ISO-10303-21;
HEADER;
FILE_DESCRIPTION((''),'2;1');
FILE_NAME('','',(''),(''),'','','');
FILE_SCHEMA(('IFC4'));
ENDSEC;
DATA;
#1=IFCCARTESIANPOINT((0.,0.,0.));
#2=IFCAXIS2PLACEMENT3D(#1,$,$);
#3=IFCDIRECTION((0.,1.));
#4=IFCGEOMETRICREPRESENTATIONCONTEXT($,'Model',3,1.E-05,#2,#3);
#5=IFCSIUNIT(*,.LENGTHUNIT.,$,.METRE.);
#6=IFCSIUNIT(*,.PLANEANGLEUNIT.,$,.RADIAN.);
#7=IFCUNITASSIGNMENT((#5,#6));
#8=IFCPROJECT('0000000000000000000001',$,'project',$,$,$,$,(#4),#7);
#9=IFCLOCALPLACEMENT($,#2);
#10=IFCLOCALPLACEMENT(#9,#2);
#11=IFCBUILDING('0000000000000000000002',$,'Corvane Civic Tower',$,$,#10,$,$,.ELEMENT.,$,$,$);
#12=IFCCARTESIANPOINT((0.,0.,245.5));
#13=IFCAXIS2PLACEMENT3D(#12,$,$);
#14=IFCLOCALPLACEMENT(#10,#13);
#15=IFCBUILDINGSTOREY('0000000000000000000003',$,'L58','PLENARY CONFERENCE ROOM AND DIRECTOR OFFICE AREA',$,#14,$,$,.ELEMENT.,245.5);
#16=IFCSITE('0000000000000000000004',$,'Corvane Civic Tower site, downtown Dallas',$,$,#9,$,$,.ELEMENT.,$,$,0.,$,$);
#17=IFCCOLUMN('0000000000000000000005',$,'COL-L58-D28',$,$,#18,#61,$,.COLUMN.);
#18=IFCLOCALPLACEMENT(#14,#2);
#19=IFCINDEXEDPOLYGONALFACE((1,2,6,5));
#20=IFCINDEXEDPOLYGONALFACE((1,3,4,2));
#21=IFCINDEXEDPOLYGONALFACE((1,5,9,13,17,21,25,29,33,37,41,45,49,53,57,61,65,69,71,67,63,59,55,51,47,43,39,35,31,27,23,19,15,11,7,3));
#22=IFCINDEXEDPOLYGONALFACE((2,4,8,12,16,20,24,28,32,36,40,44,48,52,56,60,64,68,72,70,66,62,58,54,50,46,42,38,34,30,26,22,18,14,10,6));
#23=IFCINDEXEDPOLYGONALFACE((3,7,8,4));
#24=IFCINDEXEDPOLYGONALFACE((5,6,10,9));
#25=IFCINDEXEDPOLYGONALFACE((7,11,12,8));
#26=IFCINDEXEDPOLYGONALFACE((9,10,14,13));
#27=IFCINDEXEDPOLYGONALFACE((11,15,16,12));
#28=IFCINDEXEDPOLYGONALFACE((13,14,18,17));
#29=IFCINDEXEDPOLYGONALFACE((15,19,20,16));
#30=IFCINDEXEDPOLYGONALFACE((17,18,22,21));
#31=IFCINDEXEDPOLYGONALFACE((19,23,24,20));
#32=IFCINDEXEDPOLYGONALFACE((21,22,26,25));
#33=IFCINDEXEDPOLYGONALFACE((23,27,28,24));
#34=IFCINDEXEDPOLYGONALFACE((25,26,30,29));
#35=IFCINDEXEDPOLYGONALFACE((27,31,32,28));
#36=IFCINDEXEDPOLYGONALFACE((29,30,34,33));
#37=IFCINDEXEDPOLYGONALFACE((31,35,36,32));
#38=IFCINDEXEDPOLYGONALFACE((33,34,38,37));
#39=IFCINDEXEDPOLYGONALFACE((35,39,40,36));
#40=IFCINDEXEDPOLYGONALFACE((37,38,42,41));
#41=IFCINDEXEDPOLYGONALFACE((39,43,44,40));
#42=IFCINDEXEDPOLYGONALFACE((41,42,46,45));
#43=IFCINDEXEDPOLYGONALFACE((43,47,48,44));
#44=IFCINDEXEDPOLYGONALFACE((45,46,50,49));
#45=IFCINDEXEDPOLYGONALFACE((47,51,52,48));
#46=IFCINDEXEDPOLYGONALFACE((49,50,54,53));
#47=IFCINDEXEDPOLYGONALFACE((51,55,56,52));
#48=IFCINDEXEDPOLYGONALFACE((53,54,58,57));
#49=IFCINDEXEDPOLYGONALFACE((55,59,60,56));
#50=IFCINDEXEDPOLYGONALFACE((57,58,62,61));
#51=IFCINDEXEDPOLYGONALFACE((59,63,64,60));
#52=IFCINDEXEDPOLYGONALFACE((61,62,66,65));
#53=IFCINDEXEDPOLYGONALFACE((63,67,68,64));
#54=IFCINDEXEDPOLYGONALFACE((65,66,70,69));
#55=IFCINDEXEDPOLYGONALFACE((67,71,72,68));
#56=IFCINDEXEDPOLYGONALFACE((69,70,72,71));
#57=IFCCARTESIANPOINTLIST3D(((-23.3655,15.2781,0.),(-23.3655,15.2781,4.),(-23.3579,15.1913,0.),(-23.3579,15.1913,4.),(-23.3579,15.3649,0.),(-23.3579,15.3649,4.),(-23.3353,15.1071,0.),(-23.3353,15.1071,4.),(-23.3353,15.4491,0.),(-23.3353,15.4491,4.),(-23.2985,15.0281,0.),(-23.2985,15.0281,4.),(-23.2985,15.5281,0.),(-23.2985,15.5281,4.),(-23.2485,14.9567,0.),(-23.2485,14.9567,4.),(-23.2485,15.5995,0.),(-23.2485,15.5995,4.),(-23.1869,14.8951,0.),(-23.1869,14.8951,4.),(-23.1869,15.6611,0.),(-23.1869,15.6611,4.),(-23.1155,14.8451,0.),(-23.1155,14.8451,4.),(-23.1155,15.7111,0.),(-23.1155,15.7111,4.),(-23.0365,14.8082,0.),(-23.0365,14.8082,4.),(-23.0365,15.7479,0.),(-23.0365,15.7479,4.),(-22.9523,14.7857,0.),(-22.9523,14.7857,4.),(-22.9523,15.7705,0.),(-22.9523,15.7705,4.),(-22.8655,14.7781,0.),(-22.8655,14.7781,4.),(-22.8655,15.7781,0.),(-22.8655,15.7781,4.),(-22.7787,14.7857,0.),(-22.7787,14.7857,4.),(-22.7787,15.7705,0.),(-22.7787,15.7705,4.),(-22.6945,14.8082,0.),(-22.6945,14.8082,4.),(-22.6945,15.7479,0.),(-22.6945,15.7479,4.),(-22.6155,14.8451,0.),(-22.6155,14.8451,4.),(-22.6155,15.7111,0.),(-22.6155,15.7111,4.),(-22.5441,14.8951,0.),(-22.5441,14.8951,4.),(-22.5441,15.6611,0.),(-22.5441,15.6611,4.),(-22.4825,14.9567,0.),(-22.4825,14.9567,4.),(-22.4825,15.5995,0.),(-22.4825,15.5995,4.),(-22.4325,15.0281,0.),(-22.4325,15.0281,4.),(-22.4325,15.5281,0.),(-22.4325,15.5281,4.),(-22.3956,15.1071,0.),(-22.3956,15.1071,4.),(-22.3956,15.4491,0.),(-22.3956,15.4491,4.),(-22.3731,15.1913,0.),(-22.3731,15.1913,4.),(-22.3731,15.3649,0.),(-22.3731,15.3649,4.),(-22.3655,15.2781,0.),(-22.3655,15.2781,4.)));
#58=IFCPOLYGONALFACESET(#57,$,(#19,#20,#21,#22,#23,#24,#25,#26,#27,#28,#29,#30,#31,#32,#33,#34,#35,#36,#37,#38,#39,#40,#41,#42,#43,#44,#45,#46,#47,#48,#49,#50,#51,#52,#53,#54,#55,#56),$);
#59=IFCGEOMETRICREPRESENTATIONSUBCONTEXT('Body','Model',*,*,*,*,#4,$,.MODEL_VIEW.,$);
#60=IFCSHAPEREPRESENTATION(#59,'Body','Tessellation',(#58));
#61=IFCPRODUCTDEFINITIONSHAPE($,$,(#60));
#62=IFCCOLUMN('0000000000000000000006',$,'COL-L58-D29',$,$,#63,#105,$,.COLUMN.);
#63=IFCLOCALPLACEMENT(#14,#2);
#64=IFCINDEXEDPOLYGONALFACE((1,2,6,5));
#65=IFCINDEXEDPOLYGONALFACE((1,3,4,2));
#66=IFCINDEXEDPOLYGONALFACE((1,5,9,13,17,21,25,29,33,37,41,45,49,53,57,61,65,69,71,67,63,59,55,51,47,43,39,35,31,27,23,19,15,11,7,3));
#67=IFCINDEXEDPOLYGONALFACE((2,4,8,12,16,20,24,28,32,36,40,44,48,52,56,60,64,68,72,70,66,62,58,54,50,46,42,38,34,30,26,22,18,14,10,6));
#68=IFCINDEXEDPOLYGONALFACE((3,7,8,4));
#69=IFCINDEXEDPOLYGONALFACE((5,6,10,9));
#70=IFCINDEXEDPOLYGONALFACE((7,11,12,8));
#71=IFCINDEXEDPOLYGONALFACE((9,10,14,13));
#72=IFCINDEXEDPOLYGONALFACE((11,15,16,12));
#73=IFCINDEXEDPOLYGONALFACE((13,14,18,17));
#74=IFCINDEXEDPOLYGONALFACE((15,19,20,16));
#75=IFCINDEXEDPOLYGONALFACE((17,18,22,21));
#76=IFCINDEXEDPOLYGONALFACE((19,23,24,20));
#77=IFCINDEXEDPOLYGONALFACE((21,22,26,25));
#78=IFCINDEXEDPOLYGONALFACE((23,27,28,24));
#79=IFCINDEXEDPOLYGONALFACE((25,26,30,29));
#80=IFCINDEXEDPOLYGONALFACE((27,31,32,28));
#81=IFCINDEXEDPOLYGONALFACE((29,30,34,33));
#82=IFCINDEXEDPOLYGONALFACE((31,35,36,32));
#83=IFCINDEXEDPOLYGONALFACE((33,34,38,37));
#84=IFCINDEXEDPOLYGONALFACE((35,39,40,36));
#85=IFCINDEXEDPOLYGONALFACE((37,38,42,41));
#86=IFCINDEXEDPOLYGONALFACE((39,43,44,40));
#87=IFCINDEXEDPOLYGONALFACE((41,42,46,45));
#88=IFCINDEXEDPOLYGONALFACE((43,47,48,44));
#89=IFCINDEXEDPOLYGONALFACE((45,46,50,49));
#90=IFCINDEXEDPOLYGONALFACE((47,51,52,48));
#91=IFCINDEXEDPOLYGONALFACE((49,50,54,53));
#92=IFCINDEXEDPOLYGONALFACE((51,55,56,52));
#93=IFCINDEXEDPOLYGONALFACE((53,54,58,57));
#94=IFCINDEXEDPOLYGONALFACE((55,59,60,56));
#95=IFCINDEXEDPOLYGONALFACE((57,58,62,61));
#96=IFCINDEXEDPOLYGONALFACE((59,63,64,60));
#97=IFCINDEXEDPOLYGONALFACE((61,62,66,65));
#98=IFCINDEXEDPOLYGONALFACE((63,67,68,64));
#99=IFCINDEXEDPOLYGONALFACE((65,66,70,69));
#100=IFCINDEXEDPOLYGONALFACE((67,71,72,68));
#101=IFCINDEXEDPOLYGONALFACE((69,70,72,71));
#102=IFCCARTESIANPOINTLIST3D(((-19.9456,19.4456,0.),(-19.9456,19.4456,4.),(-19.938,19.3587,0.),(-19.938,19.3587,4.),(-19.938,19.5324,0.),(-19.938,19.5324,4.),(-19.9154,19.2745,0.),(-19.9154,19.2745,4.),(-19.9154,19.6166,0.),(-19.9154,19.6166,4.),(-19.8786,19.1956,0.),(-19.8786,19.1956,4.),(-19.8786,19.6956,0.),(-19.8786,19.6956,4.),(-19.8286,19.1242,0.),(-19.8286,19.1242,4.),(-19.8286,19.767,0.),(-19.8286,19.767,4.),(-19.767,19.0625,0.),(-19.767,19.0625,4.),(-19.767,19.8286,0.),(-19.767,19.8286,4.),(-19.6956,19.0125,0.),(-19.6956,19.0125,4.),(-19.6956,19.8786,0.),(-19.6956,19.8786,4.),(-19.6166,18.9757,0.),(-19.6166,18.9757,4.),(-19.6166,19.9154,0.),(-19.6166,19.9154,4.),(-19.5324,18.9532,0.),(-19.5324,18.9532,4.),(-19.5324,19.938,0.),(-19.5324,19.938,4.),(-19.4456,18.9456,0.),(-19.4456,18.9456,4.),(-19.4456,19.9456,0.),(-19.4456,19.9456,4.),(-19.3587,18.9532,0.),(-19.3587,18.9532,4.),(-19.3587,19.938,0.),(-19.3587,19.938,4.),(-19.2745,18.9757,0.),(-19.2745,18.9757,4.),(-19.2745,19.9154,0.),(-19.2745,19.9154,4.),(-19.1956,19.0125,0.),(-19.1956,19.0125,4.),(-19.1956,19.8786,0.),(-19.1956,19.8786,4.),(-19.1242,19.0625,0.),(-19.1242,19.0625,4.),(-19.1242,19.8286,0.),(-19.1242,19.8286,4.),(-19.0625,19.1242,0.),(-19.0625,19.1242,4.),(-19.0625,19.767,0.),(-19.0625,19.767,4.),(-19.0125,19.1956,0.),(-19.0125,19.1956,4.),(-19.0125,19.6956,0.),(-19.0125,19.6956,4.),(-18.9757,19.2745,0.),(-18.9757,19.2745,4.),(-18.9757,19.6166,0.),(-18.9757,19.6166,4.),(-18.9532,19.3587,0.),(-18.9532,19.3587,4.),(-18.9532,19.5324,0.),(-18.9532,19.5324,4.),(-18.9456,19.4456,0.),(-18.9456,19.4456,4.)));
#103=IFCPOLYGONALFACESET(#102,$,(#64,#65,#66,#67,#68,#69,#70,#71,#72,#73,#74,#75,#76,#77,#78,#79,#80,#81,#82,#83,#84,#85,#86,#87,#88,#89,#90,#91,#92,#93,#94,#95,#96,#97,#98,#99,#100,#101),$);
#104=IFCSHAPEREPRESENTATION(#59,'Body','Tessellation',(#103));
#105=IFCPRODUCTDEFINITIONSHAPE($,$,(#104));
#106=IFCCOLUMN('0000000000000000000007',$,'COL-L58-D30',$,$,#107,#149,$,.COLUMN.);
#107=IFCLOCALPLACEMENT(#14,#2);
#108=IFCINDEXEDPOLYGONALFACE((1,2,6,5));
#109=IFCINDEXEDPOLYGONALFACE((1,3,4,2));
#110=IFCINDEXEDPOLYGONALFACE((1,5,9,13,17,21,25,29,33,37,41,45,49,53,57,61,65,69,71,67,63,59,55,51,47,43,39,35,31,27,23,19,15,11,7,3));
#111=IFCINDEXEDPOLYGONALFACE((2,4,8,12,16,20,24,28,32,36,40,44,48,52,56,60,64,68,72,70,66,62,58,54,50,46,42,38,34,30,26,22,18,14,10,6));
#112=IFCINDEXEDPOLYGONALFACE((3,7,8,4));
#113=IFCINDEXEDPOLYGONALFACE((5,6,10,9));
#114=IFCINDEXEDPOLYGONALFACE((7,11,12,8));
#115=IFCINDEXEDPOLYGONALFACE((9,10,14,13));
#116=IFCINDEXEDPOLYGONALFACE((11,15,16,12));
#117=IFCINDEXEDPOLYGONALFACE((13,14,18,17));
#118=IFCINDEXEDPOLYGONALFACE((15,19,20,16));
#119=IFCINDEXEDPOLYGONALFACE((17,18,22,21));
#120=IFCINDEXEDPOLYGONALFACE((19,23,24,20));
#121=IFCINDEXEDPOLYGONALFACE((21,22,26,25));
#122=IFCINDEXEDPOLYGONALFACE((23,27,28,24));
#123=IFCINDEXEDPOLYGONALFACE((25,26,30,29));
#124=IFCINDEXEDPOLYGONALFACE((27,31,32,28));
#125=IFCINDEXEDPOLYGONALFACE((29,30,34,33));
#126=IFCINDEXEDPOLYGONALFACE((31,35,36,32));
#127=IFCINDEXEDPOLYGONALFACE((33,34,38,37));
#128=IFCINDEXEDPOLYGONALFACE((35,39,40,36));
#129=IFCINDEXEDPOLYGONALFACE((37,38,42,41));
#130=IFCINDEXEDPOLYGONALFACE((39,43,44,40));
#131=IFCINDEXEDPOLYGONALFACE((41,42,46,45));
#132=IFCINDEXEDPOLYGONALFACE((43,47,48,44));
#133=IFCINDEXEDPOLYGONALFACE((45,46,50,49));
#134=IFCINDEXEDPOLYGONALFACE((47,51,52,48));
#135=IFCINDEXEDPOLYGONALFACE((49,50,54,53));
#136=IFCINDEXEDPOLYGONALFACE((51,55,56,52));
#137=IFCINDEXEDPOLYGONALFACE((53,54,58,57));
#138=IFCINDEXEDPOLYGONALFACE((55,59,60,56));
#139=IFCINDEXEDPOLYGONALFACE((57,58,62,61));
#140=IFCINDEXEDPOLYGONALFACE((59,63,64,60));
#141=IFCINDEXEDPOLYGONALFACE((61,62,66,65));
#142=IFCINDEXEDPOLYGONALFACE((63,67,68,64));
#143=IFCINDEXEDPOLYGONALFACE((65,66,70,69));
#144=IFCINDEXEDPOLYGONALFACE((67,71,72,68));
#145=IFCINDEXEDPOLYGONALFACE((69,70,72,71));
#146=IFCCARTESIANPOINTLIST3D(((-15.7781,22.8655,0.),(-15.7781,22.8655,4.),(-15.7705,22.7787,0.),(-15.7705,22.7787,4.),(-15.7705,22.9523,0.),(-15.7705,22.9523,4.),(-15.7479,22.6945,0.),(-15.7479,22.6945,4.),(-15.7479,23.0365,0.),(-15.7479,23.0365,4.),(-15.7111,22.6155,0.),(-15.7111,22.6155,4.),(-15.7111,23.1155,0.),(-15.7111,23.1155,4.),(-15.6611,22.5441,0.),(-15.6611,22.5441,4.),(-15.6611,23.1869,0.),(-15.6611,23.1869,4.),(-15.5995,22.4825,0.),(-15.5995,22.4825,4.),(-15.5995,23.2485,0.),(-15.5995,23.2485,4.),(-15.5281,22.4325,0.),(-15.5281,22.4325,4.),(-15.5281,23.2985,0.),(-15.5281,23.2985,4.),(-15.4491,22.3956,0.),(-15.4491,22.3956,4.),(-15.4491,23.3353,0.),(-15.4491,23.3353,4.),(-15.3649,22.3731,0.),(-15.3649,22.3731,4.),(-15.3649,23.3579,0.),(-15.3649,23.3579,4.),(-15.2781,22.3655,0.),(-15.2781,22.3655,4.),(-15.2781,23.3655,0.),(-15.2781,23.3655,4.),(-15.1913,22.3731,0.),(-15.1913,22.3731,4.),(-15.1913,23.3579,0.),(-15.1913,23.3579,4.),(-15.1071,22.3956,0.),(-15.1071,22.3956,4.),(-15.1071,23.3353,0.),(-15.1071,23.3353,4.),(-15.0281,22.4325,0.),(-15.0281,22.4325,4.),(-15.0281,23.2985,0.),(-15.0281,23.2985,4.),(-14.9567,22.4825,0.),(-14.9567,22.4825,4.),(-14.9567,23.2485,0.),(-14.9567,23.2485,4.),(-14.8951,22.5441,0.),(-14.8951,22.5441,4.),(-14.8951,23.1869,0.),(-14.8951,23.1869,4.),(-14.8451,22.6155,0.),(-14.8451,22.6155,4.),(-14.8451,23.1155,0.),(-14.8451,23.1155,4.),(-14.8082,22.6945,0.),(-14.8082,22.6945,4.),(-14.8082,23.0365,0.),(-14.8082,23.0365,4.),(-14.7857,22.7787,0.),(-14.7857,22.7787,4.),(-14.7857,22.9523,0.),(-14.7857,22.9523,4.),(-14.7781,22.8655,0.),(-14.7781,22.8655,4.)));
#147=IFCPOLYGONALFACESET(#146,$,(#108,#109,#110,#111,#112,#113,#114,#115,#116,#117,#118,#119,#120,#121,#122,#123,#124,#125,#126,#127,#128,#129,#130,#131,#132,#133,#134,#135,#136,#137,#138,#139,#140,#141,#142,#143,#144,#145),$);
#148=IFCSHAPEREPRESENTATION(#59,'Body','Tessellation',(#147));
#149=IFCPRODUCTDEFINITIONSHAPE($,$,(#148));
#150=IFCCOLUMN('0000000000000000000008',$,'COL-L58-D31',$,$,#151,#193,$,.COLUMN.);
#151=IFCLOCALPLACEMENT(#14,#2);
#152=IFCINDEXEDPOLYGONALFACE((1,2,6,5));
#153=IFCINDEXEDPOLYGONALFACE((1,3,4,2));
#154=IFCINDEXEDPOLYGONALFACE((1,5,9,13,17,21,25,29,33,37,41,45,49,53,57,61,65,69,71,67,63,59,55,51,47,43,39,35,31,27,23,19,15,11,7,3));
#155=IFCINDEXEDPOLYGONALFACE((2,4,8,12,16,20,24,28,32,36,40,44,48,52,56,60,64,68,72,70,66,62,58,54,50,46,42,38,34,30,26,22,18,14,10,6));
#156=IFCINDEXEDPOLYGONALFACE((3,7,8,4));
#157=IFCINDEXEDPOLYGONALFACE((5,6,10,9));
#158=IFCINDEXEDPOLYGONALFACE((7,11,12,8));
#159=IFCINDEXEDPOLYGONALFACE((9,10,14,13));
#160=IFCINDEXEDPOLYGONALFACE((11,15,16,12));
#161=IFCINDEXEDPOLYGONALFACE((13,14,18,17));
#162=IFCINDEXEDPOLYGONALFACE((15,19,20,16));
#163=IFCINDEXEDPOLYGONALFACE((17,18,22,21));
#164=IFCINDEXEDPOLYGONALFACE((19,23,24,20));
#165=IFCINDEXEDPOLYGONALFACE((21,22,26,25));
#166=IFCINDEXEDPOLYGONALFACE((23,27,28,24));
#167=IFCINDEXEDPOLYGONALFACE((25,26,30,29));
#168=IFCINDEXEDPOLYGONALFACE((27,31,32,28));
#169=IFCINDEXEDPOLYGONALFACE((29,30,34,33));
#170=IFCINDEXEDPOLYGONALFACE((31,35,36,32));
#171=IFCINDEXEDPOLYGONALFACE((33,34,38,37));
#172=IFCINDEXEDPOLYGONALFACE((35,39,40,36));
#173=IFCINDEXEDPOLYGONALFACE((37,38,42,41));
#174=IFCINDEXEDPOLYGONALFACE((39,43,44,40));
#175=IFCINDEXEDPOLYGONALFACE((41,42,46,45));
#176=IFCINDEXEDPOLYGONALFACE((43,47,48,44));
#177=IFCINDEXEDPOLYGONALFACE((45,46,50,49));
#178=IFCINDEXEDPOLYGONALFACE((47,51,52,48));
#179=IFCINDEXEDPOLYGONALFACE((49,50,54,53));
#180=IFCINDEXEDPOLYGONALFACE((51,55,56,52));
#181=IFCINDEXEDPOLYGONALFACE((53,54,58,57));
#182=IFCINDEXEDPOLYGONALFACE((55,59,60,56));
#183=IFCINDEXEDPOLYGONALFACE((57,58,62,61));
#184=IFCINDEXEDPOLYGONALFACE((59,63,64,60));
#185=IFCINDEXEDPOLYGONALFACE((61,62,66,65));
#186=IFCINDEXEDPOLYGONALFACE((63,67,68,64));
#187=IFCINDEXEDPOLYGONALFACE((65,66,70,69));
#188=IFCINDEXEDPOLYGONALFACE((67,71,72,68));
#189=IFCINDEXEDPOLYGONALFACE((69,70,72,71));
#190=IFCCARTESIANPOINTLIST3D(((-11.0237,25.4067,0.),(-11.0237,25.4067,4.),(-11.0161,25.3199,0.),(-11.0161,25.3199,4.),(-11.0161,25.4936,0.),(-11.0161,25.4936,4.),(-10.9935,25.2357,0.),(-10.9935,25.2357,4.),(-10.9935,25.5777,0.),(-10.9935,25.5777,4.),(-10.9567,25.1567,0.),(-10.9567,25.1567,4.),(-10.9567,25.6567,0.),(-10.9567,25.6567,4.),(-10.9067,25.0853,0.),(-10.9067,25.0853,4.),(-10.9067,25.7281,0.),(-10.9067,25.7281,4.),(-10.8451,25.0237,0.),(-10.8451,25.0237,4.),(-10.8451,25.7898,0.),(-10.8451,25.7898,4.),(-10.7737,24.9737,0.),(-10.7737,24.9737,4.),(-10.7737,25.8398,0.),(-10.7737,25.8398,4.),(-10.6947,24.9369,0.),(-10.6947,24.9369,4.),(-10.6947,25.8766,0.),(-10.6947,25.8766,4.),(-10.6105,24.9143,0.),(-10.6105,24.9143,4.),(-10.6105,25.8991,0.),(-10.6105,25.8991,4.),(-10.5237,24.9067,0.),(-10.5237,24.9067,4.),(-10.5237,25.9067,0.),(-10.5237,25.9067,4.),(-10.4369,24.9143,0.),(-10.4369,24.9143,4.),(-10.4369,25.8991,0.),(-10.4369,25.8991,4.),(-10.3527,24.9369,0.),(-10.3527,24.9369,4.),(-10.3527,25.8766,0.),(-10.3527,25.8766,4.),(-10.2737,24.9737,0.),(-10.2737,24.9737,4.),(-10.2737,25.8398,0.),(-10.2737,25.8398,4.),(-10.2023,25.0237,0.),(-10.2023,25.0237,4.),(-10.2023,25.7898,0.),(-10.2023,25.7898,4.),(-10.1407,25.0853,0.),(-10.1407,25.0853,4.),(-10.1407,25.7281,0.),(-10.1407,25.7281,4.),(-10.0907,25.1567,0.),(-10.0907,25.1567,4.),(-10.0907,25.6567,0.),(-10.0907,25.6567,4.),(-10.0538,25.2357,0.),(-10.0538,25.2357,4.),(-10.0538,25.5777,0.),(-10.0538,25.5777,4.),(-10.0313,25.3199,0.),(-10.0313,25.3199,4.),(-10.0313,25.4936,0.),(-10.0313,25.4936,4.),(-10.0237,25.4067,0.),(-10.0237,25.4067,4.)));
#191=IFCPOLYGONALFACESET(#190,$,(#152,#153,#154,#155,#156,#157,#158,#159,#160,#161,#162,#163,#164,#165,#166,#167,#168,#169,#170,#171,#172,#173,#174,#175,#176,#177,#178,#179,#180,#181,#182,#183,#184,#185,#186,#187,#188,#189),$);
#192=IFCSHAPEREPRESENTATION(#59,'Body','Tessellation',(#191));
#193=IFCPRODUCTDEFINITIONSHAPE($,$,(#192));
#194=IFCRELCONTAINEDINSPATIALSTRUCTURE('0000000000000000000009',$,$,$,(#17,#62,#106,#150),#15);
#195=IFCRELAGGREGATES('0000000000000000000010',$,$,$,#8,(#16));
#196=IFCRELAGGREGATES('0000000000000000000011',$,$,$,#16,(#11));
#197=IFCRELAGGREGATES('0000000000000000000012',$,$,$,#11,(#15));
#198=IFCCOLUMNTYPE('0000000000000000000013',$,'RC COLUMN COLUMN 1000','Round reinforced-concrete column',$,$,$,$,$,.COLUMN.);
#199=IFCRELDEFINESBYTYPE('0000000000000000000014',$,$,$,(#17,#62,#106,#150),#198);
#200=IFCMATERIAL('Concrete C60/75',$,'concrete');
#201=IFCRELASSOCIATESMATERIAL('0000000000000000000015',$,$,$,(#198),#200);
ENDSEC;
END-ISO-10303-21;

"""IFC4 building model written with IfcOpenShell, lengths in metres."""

from ifc_helpers import new_model, si_unit, direction, frame, origin, origin_2d, place, context, subcontext, project, spatial, circle, extrude, material, material_profile, profile_set, type_object, element, save


model = new_model("IFC4")

# Units and contexts
model_context = context("Model", 3, precision=1e-05, world=origin(), true_north=direction((0.0, 1.0)))
body_context = subcontext(model_context, "Body", "Model", "MODEL_VIEW")
ifc_project = project(units=[si_unit("LENGTHUNIT", "METRE"), si_unit("PLANEANGLEUNIT", "RADIAN")], contexts=[model_context])

# Site, building, storey
site_placement = place(None, origin())
site = spatial("IfcSite", under=ifc_project, at=site_placement, Name="Corvane Civic Tower site, downtown Dallas", CompositionType="ELEMENT", RefElevation=0.0)
building_placement = place(site_placement, origin())
building = spatial("IfcBuilding", under=site, at=building_placement, Name="Corvane Civic Tower", CompositionType="ELEMENT")
storey_placement = place(building_placement, frame((0.0, 0.0, 245.5)))
storey = spatial("IfcBuildingStorey", under=building, at=storey_placement, Name="L58", Description="PLENARY CONFERENCE ROOM AND DIRECTOR OFFICE AREA", CompositionType="ELEMENT", Elevation=245.5)

# Columns
ifc_material_1 = material(Name="Concrete C60/75", Category="concrete")
ifc_material_profile_1 = material_profile(ifc_material_1, circle(Radius=0.5, at=origin_2d()), Name="COLUMN 1000")
ifc_profile_set_1 = profile_set([ifc_material_profile_1], Name="Concrete C60/75")
column_type = type_object("IfcColumnType", Name="RC COLUMN COLUMN 1000", Description="Round reinforced-concrete column", PredefinedType="COLUMN", material=ifc_profile_set_1)
for number, where, z_axis, x_axis, name in (
    (1, (-22.8655, 15.2781, 0.0), (0.0, 0.0, 1.0), (1.0, 0.0, 0.0), "COL-L58-D28"),
    (2, (-19.4456, 19.4456, 0.0), (0.0, 0.0, 1.0), (1.0, 0.0, 0.0), "COL-L58-D29"),
    (3, (-15.2781, 22.8655, 0.0), (0.0, 0.0, 1.0), (1.0, 0.0, 0.0), "COL-L58-D30"),
    (4, (-10.5237, 25.4067, 0.0), (0.0, 0.0, 1.0), (1.0, 0.0, 0.0), "COL-L58-D31"),
):
    element("IfcColumn", number, at=place(storey_placement, frame(where, z_axis=z_axis, x_axis=x_axis)), inside=storey, type_object=column_type, Name=name, PredefinedType="COLUMN", context=body_context, shape_type="SweptSolid", body=[
        extrude(circle(Radius=0.5, at=origin_2d()), origin(), (0.0, 0.0, 1.0), 4.0),
    ])

save(model, "model.ifc")
